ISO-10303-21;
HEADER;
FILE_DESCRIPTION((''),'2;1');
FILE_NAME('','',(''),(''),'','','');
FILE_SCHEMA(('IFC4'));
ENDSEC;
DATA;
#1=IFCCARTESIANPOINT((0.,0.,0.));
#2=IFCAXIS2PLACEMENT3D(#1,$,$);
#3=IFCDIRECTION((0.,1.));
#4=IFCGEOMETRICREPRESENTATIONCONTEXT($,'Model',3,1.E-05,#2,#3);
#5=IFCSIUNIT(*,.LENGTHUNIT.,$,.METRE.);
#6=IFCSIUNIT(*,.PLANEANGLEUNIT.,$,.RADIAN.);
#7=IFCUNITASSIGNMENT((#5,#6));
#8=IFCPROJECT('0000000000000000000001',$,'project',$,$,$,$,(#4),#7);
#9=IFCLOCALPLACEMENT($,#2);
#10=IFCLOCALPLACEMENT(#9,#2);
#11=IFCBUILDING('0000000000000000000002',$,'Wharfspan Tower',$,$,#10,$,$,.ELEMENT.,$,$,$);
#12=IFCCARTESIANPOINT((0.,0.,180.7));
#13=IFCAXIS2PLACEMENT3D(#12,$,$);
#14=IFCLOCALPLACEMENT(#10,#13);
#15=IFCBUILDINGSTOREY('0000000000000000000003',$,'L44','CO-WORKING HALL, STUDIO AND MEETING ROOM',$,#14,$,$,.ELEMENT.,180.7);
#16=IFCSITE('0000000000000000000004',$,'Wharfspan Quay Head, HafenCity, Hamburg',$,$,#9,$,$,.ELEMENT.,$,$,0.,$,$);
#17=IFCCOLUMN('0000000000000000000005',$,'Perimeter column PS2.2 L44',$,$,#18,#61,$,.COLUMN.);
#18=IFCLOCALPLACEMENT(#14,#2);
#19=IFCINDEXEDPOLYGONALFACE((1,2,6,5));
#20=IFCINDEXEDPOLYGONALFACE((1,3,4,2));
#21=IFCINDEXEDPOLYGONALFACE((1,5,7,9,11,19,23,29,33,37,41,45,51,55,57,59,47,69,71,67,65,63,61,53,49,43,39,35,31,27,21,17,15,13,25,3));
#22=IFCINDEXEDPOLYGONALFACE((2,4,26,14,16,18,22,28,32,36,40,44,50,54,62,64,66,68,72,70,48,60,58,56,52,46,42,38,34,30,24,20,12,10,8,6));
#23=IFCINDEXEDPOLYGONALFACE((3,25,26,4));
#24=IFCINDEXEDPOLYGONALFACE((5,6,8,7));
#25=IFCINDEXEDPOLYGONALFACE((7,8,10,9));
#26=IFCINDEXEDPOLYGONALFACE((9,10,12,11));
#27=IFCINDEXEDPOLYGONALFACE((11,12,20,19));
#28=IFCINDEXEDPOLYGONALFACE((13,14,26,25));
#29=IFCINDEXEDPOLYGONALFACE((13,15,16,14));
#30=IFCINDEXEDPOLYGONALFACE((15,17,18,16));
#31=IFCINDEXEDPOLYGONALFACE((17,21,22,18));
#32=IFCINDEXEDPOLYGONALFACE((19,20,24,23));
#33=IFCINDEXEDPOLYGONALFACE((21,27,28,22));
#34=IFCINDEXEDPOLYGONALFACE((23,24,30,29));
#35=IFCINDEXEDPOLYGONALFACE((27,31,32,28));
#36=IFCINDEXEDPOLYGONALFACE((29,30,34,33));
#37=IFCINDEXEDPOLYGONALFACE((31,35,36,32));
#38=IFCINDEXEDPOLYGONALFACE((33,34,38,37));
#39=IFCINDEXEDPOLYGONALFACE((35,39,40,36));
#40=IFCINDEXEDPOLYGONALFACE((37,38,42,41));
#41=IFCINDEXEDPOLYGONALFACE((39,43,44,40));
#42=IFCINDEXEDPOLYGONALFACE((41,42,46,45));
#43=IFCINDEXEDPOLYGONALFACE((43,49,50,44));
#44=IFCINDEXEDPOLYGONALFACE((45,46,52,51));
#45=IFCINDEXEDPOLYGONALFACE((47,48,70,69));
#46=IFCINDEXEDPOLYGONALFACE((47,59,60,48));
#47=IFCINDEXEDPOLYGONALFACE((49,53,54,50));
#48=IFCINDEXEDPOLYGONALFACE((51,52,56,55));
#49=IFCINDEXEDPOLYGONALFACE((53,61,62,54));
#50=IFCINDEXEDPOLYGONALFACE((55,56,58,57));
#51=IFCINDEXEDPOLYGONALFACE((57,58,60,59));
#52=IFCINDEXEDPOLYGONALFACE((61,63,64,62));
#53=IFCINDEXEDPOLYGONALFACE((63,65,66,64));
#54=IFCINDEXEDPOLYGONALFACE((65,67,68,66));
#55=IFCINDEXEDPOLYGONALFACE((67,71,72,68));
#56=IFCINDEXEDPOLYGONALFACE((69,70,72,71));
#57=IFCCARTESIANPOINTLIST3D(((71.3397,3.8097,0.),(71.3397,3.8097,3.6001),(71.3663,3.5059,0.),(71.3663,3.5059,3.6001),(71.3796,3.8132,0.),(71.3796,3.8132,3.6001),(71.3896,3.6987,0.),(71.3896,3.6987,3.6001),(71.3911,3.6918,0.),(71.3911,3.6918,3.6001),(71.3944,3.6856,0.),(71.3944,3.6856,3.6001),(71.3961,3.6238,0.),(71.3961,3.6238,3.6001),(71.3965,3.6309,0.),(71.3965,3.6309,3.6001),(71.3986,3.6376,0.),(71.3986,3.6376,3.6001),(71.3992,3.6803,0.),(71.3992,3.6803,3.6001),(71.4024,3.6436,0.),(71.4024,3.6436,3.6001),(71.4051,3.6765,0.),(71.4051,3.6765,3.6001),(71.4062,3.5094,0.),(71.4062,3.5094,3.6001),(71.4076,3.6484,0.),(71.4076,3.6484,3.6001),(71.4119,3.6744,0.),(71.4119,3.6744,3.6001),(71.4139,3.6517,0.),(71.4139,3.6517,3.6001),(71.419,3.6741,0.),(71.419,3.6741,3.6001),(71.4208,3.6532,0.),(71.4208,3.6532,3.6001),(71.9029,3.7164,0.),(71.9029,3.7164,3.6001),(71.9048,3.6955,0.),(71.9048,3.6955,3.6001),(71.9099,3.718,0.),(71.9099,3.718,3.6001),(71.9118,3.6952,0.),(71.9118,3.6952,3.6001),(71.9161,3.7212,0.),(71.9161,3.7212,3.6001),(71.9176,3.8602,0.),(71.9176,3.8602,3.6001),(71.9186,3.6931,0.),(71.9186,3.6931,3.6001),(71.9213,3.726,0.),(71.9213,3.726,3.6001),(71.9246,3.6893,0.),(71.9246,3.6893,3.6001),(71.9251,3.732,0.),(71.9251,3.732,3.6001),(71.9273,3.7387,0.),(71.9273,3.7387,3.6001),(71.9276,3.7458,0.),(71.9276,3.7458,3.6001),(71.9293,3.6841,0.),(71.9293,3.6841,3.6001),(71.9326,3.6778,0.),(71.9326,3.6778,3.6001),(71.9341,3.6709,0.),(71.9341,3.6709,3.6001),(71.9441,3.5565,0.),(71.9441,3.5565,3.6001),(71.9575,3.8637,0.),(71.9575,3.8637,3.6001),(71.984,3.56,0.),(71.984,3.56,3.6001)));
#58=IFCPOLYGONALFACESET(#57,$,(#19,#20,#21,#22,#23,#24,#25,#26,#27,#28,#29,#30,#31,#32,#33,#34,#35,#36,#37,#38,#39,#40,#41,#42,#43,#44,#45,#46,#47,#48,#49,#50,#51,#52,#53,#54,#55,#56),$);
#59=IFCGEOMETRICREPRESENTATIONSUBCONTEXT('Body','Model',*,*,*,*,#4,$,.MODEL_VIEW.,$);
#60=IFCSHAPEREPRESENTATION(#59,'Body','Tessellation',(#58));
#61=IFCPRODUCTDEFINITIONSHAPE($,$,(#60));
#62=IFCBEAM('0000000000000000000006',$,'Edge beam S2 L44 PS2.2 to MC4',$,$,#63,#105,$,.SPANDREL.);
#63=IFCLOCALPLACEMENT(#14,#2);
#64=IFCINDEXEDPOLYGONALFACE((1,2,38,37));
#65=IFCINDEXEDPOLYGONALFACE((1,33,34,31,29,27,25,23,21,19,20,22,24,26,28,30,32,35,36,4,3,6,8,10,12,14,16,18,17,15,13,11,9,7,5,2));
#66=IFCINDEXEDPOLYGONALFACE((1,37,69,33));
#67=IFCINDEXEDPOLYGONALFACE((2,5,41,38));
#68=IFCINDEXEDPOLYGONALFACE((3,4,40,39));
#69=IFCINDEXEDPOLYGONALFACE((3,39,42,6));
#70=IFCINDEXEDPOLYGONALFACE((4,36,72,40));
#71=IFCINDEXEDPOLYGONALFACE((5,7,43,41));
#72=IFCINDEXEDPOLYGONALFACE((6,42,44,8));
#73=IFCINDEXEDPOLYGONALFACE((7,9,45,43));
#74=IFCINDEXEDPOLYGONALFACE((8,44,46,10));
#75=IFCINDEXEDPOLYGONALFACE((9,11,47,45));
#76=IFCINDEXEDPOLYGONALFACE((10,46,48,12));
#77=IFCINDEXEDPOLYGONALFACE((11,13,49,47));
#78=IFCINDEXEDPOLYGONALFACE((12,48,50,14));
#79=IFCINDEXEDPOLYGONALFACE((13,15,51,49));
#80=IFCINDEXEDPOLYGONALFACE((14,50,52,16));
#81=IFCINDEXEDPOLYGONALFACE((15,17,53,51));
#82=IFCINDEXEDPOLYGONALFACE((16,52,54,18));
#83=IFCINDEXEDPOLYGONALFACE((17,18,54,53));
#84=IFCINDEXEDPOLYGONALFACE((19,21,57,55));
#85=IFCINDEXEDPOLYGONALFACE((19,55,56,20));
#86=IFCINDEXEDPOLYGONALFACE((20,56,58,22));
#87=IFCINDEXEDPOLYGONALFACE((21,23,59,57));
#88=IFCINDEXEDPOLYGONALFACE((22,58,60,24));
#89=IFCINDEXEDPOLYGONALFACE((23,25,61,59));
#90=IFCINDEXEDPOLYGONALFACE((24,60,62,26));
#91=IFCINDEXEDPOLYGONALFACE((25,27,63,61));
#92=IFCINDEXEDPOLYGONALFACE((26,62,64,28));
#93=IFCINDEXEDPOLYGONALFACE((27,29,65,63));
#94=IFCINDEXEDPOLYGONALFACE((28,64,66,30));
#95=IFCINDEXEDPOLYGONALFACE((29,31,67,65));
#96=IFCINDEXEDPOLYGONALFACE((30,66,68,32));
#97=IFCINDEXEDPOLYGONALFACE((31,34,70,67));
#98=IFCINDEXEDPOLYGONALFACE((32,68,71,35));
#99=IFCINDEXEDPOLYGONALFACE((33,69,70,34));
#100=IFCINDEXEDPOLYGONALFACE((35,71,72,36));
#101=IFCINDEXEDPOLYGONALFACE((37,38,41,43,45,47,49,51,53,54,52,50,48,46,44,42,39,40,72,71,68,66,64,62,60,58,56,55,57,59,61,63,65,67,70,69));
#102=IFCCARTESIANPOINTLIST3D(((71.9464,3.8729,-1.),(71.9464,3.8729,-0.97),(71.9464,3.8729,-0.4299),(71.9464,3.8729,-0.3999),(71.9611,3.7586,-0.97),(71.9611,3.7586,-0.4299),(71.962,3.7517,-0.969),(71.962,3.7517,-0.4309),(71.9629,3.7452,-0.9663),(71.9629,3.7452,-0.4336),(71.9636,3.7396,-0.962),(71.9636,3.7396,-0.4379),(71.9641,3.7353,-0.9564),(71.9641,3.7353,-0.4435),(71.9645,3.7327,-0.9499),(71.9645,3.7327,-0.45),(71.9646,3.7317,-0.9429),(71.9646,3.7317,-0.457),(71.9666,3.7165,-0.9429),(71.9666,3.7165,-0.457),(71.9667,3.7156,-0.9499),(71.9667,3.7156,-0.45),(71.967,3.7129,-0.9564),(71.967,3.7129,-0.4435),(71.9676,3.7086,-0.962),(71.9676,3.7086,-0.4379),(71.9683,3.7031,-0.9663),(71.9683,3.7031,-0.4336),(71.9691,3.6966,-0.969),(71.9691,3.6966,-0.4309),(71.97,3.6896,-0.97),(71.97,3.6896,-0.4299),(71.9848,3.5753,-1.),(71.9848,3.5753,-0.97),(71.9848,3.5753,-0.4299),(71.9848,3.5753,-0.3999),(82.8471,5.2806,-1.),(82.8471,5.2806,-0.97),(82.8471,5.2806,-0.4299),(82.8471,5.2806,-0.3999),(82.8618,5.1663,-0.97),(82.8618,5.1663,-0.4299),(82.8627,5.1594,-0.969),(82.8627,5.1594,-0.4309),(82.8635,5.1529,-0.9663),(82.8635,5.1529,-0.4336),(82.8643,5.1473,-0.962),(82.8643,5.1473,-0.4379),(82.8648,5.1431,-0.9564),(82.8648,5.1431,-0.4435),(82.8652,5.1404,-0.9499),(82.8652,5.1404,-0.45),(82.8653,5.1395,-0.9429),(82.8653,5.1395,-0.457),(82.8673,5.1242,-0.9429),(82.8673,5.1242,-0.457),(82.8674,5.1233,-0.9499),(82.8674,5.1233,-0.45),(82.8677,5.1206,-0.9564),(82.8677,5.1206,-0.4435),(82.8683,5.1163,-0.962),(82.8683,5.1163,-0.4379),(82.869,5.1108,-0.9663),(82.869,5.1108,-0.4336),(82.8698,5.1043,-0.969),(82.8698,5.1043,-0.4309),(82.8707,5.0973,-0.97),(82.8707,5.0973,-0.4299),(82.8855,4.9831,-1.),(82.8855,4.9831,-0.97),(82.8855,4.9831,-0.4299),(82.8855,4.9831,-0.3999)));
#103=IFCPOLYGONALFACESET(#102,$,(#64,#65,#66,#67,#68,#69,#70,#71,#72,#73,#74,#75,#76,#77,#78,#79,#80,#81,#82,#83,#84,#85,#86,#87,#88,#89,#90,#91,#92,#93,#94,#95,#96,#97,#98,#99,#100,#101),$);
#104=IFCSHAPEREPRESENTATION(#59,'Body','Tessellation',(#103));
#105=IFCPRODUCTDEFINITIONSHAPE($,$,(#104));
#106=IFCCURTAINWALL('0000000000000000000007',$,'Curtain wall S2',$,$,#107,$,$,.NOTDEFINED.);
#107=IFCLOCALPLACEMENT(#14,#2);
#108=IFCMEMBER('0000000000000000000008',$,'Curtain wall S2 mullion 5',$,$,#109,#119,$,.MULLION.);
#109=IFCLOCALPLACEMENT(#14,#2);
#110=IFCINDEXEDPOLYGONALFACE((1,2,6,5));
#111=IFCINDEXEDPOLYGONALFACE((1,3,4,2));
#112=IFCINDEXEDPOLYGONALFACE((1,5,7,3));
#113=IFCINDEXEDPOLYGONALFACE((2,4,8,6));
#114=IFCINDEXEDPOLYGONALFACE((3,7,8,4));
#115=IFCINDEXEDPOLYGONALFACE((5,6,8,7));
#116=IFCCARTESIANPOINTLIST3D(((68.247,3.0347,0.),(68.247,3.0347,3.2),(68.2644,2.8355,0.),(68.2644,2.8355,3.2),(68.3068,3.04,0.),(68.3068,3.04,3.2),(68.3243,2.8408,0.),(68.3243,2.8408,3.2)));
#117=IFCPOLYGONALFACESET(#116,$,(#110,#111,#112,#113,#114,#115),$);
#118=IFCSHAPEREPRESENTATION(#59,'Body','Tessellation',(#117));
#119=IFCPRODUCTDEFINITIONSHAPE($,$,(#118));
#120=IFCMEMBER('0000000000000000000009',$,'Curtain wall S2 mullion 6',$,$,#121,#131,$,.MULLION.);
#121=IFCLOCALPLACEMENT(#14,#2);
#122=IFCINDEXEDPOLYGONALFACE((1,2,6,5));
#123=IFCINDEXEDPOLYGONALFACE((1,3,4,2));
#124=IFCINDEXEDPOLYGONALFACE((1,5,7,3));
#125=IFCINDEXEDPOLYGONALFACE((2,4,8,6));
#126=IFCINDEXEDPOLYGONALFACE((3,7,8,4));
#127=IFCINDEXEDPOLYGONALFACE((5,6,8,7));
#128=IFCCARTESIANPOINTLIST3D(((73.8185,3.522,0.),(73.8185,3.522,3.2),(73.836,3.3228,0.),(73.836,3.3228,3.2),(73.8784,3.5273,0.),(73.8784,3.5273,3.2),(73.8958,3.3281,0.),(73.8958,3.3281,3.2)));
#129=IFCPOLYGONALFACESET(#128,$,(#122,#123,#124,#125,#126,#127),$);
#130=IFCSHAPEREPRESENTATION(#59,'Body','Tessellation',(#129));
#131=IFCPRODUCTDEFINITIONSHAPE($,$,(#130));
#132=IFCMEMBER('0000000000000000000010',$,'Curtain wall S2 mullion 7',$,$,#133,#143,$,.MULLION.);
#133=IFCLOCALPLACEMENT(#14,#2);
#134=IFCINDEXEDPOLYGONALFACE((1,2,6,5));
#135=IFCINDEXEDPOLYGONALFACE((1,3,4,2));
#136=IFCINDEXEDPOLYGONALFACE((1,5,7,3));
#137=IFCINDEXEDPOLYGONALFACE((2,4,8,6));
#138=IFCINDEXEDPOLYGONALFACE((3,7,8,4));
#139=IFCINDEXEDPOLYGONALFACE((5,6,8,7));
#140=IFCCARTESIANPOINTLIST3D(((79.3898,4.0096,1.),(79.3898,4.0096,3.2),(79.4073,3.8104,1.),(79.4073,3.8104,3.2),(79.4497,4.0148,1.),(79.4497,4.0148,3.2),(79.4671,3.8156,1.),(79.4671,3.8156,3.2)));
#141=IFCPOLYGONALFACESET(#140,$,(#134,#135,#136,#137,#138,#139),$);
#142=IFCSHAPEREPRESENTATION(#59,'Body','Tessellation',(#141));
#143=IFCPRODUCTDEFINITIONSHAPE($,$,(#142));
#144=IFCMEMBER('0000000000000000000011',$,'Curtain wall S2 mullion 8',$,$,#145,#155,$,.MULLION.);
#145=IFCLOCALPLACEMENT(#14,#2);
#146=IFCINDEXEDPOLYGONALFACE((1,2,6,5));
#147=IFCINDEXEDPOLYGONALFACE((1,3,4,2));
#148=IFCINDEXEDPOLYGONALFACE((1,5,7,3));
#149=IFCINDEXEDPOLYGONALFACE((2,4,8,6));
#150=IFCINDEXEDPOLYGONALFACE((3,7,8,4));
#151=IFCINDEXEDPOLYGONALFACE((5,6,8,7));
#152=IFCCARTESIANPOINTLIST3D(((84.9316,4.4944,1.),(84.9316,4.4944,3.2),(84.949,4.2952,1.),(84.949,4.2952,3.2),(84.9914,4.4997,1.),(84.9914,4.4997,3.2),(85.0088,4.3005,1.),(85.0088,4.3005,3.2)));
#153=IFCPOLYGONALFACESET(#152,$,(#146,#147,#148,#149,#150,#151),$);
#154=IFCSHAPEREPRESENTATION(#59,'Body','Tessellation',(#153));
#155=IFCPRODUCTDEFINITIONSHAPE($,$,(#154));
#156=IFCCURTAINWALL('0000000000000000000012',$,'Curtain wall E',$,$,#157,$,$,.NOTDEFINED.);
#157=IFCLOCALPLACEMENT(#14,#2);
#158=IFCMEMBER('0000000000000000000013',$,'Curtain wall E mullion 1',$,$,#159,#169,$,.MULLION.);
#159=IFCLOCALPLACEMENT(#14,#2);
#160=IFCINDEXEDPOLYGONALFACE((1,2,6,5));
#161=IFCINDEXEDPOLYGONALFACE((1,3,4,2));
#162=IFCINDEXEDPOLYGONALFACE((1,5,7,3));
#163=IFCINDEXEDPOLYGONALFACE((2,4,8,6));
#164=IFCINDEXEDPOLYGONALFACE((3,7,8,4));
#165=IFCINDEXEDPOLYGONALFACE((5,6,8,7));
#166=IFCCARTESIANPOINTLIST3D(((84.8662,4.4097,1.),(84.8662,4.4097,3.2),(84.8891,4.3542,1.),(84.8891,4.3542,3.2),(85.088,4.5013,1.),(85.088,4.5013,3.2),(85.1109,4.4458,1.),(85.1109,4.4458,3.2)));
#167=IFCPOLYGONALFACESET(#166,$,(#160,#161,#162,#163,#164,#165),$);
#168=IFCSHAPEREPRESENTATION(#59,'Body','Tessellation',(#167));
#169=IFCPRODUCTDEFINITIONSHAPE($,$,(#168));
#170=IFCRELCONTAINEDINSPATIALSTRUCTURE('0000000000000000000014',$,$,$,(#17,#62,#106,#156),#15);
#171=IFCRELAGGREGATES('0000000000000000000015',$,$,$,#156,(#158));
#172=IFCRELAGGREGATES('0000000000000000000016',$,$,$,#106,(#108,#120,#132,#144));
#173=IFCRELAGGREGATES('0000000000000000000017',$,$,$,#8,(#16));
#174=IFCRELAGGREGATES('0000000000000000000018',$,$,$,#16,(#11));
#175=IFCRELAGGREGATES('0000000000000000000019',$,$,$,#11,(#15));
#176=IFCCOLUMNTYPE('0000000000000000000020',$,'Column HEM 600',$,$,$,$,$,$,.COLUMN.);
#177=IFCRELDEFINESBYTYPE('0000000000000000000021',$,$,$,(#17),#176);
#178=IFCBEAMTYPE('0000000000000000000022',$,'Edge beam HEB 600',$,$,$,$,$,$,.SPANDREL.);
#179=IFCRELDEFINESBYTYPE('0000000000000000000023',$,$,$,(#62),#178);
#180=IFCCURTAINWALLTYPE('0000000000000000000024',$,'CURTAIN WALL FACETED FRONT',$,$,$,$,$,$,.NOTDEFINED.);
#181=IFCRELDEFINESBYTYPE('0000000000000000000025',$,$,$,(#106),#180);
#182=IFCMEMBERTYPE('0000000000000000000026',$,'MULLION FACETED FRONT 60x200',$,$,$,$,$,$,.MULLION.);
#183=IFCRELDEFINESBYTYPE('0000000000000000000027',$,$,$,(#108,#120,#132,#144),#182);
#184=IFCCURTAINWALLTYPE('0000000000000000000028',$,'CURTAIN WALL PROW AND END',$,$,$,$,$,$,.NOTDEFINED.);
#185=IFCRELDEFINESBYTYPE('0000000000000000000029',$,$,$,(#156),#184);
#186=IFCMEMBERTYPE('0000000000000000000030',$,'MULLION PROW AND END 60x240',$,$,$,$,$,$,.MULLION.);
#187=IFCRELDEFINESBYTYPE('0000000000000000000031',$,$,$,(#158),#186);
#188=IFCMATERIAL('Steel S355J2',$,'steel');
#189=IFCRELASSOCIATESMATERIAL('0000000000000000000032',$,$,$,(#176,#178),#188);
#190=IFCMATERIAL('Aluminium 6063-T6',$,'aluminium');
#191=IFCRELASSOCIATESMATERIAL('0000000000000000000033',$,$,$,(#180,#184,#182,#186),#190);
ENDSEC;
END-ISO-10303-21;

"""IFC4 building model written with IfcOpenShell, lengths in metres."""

from ifc_helpers import new_model, si_unit, direction, frame, origin, origin_2d, place, context, subcontext, project, spatial, rectangle, i_section, extrude, material, material_profile, profile_set, type_object, element, aggregate, save


model = new_model("IFC4")

# Units and contexts
model_context = context("Model", 3, precision=1e-05, world=origin(), true_north=direction((0.0, 1.0)))
body_context = subcontext(model_context, "Body", "Model", "MODEL_VIEW")
ifc_project = project(units=[si_unit("LENGTHUNIT", "METRE"), si_unit("PLANEANGLEUNIT", "RADIAN")], contexts=[model_context])

# Site, building, storey
site_placement = place(None, origin())
site = spatial("IfcSite", under=ifc_project, at=site_placement, Name="Wharfspan Quay Head, HafenCity, Hamburg", CompositionType="ELEMENT", RefElevation=0.0)
building_placement = place(site_placement, origin())
building = spatial("IfcBuilding", under=site, at=building_placement, Name="Wharfspan Tower", CompositionType="ELEMENT")
storey_placement = place(building_placement, frame((0.0, 0.0, 180.7)))
storey = spatial("IfcBuildingStorey", under=building, at=storey_placement, Name="L44", Description="CO-WORKING HALL, STUDIO AND MEETING ROOM", CompositionType="ELEMENT", Elevation=180.7)

# Column
ifc_material_1 = material(Name="Steel S355J2", Category="steel")
ifc_material_profile_1 = material_profile(ifc_material_1, i_section(OverallWidth=0.3049, OverallDepth=0.6201, WebThickness=0.021, FlangeThickness=0.04, FilletRadius=0.0271, at=origin_2d()))
ifc_profile_set_1 = profile_set([ifc_material_profile_1], Name="Steel S355J2")
column_type = type_object("IfcColumnType", Name="Column HEM 600", PredefinedType="COLUMN", material=ifc_profile_set_1)
column_placement = place(storey_placement, frame((71.6619, 3.6848, 0.0), z_axis=(0.0, 0.0, 1.0), x_axis=(0.087156, -0.996198, 0.0)))
element("IfcColumn", 1, at=column_placement, inside=storey, type_object=column_type, Name="Perimeter column PS2.2 L44", PredefinedType="COLUMN", context=body_context, shape_type="SweptSolid", body=[
    extrude(i_section(OverallWidth=0.3049, OverallDepth=0.6201, WebThickness=0.021, FlangeThickness=0.04, FilletRadius=0.0271, at=origin_2d()), origin(), (0.0, 0.0, 1.0), 3.6001),
])

# Beam
ifc_material_profile_2 = material_profile(ifc_material_1, i_section(OverallWidth=0.3, OverallDepth=0.6001, WebThickness=0.0154, FlangeThickness=0.03, FilletRadius=0.0271, at=origin_2d()))
ifc_profile_set_2 = profile_set([ifc_material_profile_2], Name="Steel S355J2")
beam_type = type_object("IfcBeamType", Name="Edge beam HEB 600", PredefinedType="SPANDREL", material=ifc_profile_set_2)
beam_placement = place(storey_placement, frame((71.9656, 3.7241, -0.7), z_axis=(0.991764, 0.128077, 0.0), x_axis=(-0.128077, 0.991764, 0.0)))
element("IfcBeam", 2, at=beam_placement, inside=storey, type_object=beam_type, Name="Edge beam S2 L44 PS2.2 to MC4", PredefinedType="SPANDREL", context=body_context, shape_type="SweptSolid", body=[
    extrude(i_section(OverallWidth=0.3, OverallDepth=0.6001, WebThickness=0.0154, FlangeThickness=0.03, FilletRadius=0.0271, at=origin_2d()), origin(), (0.0, 0.0, 1.0), 10.9912),
])

# Curtain wall, members
ifc_material_2 = material(Name="Aluminium 6063-T6", Category="aluminium")
curtain_wall_type_1 = type_object("IfcCurtainWallType", Name="CURTAIN WALL FACETED FRONT", PredefinedType="NOTDEFINED", material=ifc_material_2)
curtain_wall_1_placement = place(storey_placement, origin())
curtain_wall_1 = element("IfcCurtainWall", 3, at=curtain_wall_1_placement, inside=storey, type_object=curtain_wall_type_1, Name="Curtain wall S2", PredefinedType="NOTDEFINED")
ifc_material_profile_3 = material_profile(ifc_material_2, rectangle(XDim=0.2, YDim=0.0601, at=origin_2d()))
ifc_profile_set_3 = profile_set([ifc_material_profile_3], Name="Aluminium 6063-T6")
member_type_1 = type_object("IfcMemberType", Name="MULLION FACETED FRONT 60x200", PredefinedType="MULLION", material=ifc_profile_set_3)
member_1_placement = place(storey_placement, frame((68.2856, 2.9377, 0.0), z_axis=(0.0, 0.0, 1.0), x_axis=(-0.087156, 0.996198, 0.0)))
member_1 = element("IfcMember", 4, at=member_1_placement, type_object=member_type_1, Name="Curtain wall S2 mullion 5", PredefinedType="MULLION", context=body_context, shape_type="SweptSolid", body=[
    extrude(rectangle(XDim=0.2, YDim=0.0601, at=origin_2d()), origin(), (0.0, 0.0, 1.0), 3.2),
])
member_2_placement = place(storey_placement, frame((73.8572, 3.425, 0.0), z_axis=(0.0, 0.0, 1.0), x_axis=(-0.087156, 0.996198, 0.0)))
member_2 = element("IfcMember", 5, at=member_2_placement, type_object=member_type_1, Name="Curtain wall S2 mullion 6", PredefinedType="MULLION", context=body_context, shape_type="SweptSolid", body=[
    extrude(rectangle(XDim=0.2, YDim=0.0601, at=origin_2d()), origin(), (0.0, 0.0, 1.0), 3.2),
])
member_3_placement = place(storey_placement, frame((79.4285, 3.9126, 1.0), z_axis=(0.0, 0.0, 1.0), x_axis=(-0.087156, 0.996198, 0.0)))
member_3 = element("IfcMember", 6, at=member_3_placement, type_object=member_type_1, Name="Curtain wall S2 mullion 7", PredefinedType="MULLION", context=body_context, shape_type="SweptSolid", body=[
    extrude(rectangle(XDim=0.2, YDim=0.0601, at=origin_2d()), origin(), (0.0, 0.0, 1.0), 2.2),
])
member_4_placement = place(storey_placement, frame((84.9702, 4.3975, 1.0), z_axis=(0.0, 0.0, 1.0), x_axis=(-0.087156, 0.996198, 0.0)))
member_4 = element("IfcMember", 7, at=member_4_placement, type_object=member_type_1, Name="Curtain wall S2 mullion 8", PredefinedType="MULLION", context=body_context, shape_type="SweptSolid", body=[
    extrude(rectangle(XDim=0.2, YDim=0.0601, at=origin_2d()), origin(), (0.0, 0.0, 1.0), 2.2),
])

# Curtain wall, member
curtain_wall_type_2 = type_object("IfcCurtainWallType", Name="CURTAIN WALL PROW AND END", PredefinedType="NOTDEFINED", material=ifc_material_2)
curtain_wall_2_placement = place(storey_placement, origin())
curtain_wall_2 = element("IfcCurtainWall", 8, at=curtain_wall_2_placement, inside=storey, type_object=curtain_wall_type_2, Name="Curtain wall E", PredefinedType="NOTDEFINED")
ifc_material_profile_4 = material_profile(ifc_material_2, rectangle(XDim=0.24, YDim=0.0601, at=origin_2d()))
ifc_profile_set_4 = profile_set([ifc_material_profile_4], Name="Aluminium 6063-T6")
member_type_2 = type_object("IfcMemberType", Name="MULLION PROW AND END 60x240", PredefinedType="MULLION", material=ifc_profile_set_4)
member_5_placement = place(storey_placement, frame((84.9885, 4.4277, 1.0), z_axis=(0.0, 0.0, 1.0), x_axis=(-0.924325, -0.381602, 0.0)))
member_5 = element("IfcMember", 9, at=member_5_placement, type_object=member_type_2, Name="Curtain wall E mullion 1", PredefinedType="MULLION", context=body_context, shape_type="SweptSolid", body=[
    extrude(rectangle(XDim=0.24, YDim=0.0601, at=origin_2d()), origin(), (0.0, 0.0, 1.0), 2.2),
])

aggregate(curtain_wall_2, [member_5])

aggregate(curtain_wall_1, [member_1, member_2, member_3, member_4])

save(model, "model.ifc")
